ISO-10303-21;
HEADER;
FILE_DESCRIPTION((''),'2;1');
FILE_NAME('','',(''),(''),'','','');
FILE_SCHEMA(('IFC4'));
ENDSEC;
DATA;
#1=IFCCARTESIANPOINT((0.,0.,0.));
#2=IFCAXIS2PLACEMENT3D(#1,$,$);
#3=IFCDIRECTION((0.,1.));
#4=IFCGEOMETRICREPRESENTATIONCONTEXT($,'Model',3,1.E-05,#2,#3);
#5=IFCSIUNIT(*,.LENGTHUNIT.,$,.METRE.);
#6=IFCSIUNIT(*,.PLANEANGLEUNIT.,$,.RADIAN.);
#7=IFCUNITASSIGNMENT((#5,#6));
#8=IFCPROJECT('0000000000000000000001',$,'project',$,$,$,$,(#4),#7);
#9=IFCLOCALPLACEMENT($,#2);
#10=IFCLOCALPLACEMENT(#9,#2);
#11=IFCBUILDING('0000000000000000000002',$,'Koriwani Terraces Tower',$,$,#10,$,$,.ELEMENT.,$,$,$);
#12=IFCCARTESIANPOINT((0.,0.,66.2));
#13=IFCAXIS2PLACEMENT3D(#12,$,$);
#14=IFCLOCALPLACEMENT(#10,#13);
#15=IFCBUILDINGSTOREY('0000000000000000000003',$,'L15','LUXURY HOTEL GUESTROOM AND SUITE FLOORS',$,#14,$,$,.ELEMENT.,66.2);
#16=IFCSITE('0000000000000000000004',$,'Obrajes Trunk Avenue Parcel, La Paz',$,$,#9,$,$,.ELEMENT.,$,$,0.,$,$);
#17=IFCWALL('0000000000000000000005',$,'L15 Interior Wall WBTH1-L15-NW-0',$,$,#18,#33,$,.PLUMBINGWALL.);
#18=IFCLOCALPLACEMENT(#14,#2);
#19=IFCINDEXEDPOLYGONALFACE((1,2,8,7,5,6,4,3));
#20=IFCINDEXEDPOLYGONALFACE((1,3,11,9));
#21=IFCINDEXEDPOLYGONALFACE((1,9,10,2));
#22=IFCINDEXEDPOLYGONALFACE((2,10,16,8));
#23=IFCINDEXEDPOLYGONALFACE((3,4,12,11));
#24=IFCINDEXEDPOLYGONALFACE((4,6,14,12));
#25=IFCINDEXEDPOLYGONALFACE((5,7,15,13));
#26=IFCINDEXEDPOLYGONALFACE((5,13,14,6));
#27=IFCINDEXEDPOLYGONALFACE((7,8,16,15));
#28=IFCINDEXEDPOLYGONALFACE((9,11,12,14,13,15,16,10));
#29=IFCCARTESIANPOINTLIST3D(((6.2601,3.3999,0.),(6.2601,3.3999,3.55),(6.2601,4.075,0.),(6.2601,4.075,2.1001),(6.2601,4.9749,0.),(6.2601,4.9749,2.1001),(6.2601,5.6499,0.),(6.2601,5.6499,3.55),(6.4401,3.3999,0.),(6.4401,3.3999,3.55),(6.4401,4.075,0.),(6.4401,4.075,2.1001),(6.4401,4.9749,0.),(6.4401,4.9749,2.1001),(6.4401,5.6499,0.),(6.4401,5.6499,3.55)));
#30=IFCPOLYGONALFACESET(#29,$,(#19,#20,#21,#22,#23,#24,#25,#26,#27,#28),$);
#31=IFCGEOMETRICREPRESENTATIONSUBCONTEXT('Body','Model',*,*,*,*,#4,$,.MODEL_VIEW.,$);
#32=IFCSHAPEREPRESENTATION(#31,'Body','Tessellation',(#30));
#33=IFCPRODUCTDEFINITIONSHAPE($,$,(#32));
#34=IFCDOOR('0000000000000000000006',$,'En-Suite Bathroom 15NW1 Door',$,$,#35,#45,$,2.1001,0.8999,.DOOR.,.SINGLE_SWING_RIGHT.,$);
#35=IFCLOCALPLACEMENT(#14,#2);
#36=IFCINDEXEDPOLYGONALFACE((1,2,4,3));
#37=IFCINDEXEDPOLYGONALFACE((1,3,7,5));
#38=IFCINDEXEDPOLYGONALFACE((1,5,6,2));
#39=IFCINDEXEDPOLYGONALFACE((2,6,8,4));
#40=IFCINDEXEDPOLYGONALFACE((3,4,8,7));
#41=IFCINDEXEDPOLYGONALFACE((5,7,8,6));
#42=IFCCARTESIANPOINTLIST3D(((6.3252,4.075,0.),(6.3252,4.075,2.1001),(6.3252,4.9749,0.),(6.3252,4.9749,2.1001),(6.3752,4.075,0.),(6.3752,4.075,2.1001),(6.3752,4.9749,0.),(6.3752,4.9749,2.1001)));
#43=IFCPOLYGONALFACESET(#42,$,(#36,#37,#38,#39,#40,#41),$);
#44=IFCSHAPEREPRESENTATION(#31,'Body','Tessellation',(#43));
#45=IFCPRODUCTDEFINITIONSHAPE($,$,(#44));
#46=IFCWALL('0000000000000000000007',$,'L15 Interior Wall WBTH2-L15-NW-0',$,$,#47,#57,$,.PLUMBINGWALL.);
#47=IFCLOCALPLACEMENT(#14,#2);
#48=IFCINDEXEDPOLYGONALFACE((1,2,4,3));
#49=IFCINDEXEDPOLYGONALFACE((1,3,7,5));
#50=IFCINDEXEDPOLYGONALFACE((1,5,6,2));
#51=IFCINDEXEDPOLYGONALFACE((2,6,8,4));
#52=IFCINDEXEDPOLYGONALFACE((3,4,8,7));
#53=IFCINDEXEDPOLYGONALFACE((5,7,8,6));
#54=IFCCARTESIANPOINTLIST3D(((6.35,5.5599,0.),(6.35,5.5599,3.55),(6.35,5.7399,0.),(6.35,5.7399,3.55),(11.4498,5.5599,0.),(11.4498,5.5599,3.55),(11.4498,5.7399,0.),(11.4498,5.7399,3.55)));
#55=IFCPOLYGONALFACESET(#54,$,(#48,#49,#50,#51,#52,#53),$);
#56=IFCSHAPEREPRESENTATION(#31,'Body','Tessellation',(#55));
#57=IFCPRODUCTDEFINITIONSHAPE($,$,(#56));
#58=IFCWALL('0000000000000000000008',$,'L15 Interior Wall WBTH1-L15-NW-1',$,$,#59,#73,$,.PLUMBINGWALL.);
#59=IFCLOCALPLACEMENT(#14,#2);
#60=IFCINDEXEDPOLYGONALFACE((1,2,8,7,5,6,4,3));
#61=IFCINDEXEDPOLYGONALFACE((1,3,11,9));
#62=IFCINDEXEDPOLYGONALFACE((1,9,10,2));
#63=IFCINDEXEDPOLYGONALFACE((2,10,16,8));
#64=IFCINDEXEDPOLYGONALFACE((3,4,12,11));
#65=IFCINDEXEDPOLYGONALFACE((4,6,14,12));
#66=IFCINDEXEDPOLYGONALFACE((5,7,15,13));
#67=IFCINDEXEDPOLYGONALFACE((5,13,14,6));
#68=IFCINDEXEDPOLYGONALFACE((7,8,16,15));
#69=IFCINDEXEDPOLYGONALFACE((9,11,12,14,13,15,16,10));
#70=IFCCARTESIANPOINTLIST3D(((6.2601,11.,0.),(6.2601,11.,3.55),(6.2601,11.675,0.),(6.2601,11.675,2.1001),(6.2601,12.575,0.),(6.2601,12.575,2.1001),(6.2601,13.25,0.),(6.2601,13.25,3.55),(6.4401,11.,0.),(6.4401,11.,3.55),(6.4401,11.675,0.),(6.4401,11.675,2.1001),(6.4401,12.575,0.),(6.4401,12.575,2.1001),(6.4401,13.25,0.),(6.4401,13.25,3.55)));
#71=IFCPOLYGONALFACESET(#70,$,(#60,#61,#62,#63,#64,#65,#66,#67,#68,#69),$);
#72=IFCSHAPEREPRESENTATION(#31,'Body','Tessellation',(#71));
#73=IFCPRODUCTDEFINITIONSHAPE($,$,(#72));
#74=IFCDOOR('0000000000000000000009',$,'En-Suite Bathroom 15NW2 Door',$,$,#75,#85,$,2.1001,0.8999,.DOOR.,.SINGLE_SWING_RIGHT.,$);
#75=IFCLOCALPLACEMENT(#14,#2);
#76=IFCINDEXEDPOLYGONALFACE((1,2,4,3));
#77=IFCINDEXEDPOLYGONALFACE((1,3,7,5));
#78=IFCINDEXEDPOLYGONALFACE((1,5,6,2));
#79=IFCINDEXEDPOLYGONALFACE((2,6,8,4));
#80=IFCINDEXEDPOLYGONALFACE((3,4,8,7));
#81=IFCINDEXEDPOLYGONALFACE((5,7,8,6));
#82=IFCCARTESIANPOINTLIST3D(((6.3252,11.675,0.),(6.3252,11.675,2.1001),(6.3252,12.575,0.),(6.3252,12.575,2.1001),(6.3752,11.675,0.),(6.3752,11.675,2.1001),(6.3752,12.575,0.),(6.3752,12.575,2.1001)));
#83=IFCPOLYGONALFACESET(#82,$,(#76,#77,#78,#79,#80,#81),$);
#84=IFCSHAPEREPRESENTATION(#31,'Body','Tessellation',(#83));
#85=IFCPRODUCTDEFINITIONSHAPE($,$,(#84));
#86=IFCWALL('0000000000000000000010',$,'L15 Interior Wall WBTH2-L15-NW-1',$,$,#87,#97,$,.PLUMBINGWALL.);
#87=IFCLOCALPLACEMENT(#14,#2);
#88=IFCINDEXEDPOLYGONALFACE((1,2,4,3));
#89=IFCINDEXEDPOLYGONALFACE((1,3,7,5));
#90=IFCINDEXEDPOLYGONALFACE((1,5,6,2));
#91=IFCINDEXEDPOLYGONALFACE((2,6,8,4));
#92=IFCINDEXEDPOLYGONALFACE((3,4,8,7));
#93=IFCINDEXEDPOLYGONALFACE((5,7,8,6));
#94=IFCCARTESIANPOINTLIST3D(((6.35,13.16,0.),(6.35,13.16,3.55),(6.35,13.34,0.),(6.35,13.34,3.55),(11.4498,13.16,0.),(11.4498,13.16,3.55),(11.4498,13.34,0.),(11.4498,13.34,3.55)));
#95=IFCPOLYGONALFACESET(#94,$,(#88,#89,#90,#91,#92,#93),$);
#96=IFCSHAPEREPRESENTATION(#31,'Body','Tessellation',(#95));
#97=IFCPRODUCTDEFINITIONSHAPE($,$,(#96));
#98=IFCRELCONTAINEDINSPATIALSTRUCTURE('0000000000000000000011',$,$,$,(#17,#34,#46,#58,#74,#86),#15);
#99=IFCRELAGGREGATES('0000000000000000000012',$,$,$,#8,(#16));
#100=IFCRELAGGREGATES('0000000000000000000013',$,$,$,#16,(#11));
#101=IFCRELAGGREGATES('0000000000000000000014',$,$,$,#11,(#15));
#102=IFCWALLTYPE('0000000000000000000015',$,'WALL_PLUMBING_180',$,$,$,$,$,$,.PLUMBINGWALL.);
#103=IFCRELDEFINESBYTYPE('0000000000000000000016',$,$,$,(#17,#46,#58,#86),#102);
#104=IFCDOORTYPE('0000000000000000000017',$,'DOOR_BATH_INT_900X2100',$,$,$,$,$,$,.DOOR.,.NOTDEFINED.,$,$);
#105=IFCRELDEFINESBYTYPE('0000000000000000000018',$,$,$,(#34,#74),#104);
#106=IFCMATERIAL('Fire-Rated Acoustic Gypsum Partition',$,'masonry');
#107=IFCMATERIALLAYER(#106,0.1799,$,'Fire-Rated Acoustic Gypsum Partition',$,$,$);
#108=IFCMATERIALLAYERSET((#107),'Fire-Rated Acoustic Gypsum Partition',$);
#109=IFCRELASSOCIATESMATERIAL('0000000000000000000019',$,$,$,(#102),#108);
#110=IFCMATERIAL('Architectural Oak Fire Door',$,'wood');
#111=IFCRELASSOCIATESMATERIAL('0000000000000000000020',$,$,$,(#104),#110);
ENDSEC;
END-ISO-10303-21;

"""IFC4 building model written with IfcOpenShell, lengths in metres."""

from ifc_helpers import new_model, si_unit, direction, frame, frame_2d, origin, place, context, subcontext, project, spatial, rectangle, extrude, material, layer, layer_set, type_object, element, fill, save


model = new_model("IFC4")

# Units and contexts
model_context = context("Model", 3, precision=1e-05, world=origin(), true_north=direction((0.0, 1.0)))
body_context = subcontext(model_context, "Body", "Model", "MODEL_VIEW")
ifc_project = project(units=[si_unit("LENGTHUNIT", "METRE"), si_unit("PLANEANGLEUNIT", "RADIAN")], contexts=[model_context])

# Site, building, storey
site_placement = place(None, origin())
site = spatial("IfcSite", under=ifc_project, at=site_placement, Name="Obrajes Trunk Avenue Parcel, La Paz", CompositionType="ELEMENT", RefElevation=0.0)
building_placement = place(site_placement, origin())
building = spatial("IfcBuilding", under=site, at=building_placement, Name="Koriwani Terraces Tower", CompositionType="ELEMENT")
storey_placement = place(building_placement, frame((0.0, 0.0, 66.2)))
storey = spatial("IfcBuildingStorey", under=building, at=storey_placement, Name="L15", Description="LUXURY HOTEL GUESTROOM AND SUITE FLOORS", CompositionType="ELEMENT", Elevation=66.2)

# Wall, opening, door
ifc_material_1 = material(Name="Fire-Rated Acoustic Gypsum Partition", Category="masonry")
ifc_layer_1 = layer(ifc_material_1, 0.1799, Name="Fire-Rated Acoustic Gypsum Partition")
ifc_layer_set_1 = layer_set([ifc_layer_1], Name="Fire-Rated Acoustic Gypsum Partition")
wall_type_1 = type_object("IfcWallType", Name="WALL_PLUMBING_180", PredefinedType="PLUMBINGWALL", material=ifc_layer_set_1)
wall_1_placement = place(storey_placement, frame((6.3501, 3.3999, 0.0), z_axis=(0.0, 0.0, 1.0), x_axis=(0.0, 1.0, 0.0)))
wall_1 = element("IfcWall", 1, at=wall_1_placement, inside=storey, type_object=wall_type_1, Name="L15 Interior Wall WBTH1-L15-NW-0", PredefinedType="PLUMBINGWALL", context=body_context, shape_type="SweptSolid", body=[
    extrude(rectangle(XDim=2.25, YDim=0.1799, at=frame_2d((1.125, 0.0))), origin(), (0.0, 0.0, 1.0), 3.55),
])
opening_1_placement = place(wall_1_placement, frame((0.675, 0.0, 0.0)))
opening_1 = element("IfcOpeningElement", 2, at=opening_1_placement, cuts=wall_1, PredefinedType="OPENING", context=body_context, shape_type="SweptSolid", body=[
    extrude(rectangle(XDim=0.8999, YDim=2.1001, at=frame_2d((0.45, 1.05))), frame((0.0, 0.1001, 0.0), z_axis=(0.0, -1.0, 0.0), x_axis=(1.0, 0.0, 0.0)), (0.0, 0.0, 1.0), 0.2),
])
ifc_material_2 = material(Name="Architectural Oak Fire Door", Category="wood")
door_type_1 = type_object("IfcDoorType", Name="DOOR_BATH_INT_900X2100", OperationType="NOTDEFINED", PredefinedType="DOOR", material=ifc_material_2)
door_1_placement = place(opening_1_placement, origin())
door_1 = element("IfcDoor", 3, at=door_1_placement, inside=storey, type_object=door_type_1, Name="En-Suite Bathroom 15NW1 Door", OperationType="SINGLE_SWING_RIGHT", OverallHeight=2.1001, OverallWidth=0.8999, PredefinedType="DOOR", context=body_context, shape_type="SweptSolid", body=[
    extrude(rectangle(XDim=0.8999, YDim=2.1001, at=frame_2d((0.45, 1.05))), frame((0.0, 0.0249, 0.0), z_axis=(0.0, -1.0, 0.0), x_axis=(1.0, 0.0, 0.0)), (0.0, 0.0, 1.0), 0.05),
])
fill(opening_1, door_1)

# Wall
wall_2_placement = place(storey_placement, frame((6.3501, 5.6499, 0.0), z_axis=(0.0, 0.0, 1.0), x_axis=(1.0, 0.0, 0.0)))
element("IfcWall", 4, at=wall_2_placement, inside=storey, type_object=wall_type_1, Name="L15 Interior Wall WBTH2-L15-NW-0", PredefinedType="PLUMBINGWALL", context=body_context, shape_type="SweptSolid", body=[
    extrude(rectangle(XDim=5.0999, YDim=0.1799, at=frame_2d((2.5498, 0.0))), origin(), (0.0, 0.0, 1.0), 3.55),
])

# Wall, opening, door
wall_3_placement = place(storey_placement, frame((6.3501, 11.0, 0.0), z_axis=(0.0, 0.0, 1.0), x_axis=(0.0, 1.0, 0.0)))
wall_3 = element("IfcWall", 5, at=wall_3_placement, inside=storey, type_object=wall_type_1, Name="L15 Interior Wall WBTH1-L15-NW-1", PredefinedType="PLUMBINGWALL", context=body_context, shape_type="SweptSolid", body=[
    extrude(rectangle(XDim=2.25, YDim=0.1799, at=frame_2d((1.125, 0.0))), origin(), (0.0, 0.0, 1.0), 3.55),
])
opening_2_placement = place(wall_3_placement, frame((0.675, 0.0, 0.0)))
opening_2 = element("IfcOpeningElement", 6, at=opening_2_placement, cuts=wall_3, PredefinedType="OPENING", context=body_context, shape_type="SweptSolid", body=[
    extrude(rectangle(XDim=0.8999, YDim=2.1001, at=frame_2d((0.45, 1.05))), frame((0.0, 0.1001, 0.0), z_axis=(0.0, -1.0, 0.0), x_axis=(1.0, 0.0, 0.0)), (0.0, 0.0, 1.0), 0.2),
])
door_2_placement = place(opening_2_placement, origin())
door_2 = element("IfcDoor", 7, at=door_2_placement, inside=storey, type_object=door_type_1, Name="En-Suite Bathroom 15NW2 Door", OperationType="SINGLE_SWING_RIGHT", OverallHeight=2.1001, OverallWidth=0.8999, PredefinedType="DOOR", context=body_context, shape_type="SweptSolid", body=[
    extrude(rectangle(XDim=0.8999, YDim=2.1001, at=frame_2d((0.45, 1.05))), frame((0.0, 0.0249, 0.0), z_axis=(0.0, -1.0, 0.0), x_axis=(1.0, 0.0, 0.0)), (0.0, 0.0, 1.0), 0.05),
])
fill(opening_2, door_2)

# Wall
wall_4_placement = place(storey_placement, frame((6.3501, 13.25, 0.0), z_axis=(0.0, 0.0, 1.0), x_axis=(1.0, 0.0, 0.0)))
element("IfcWall", 8, at=wall_4_placement, inside=storey, type_object=wall_type_1, Name="L15 Interior Wall WBTH2-L15-NW-1", PredefinedType="PLUMBINGWALL", context=body_context, shape_type="SweptSolid", body=[
    extrude(rectangle(XDim=5.0999, YDim=0.1799, at=frame_2d((2.5498, 0.0))), origin(), (0.0, 0.0, 1.0), 3.55),
])

save(model, "model.ifc")
